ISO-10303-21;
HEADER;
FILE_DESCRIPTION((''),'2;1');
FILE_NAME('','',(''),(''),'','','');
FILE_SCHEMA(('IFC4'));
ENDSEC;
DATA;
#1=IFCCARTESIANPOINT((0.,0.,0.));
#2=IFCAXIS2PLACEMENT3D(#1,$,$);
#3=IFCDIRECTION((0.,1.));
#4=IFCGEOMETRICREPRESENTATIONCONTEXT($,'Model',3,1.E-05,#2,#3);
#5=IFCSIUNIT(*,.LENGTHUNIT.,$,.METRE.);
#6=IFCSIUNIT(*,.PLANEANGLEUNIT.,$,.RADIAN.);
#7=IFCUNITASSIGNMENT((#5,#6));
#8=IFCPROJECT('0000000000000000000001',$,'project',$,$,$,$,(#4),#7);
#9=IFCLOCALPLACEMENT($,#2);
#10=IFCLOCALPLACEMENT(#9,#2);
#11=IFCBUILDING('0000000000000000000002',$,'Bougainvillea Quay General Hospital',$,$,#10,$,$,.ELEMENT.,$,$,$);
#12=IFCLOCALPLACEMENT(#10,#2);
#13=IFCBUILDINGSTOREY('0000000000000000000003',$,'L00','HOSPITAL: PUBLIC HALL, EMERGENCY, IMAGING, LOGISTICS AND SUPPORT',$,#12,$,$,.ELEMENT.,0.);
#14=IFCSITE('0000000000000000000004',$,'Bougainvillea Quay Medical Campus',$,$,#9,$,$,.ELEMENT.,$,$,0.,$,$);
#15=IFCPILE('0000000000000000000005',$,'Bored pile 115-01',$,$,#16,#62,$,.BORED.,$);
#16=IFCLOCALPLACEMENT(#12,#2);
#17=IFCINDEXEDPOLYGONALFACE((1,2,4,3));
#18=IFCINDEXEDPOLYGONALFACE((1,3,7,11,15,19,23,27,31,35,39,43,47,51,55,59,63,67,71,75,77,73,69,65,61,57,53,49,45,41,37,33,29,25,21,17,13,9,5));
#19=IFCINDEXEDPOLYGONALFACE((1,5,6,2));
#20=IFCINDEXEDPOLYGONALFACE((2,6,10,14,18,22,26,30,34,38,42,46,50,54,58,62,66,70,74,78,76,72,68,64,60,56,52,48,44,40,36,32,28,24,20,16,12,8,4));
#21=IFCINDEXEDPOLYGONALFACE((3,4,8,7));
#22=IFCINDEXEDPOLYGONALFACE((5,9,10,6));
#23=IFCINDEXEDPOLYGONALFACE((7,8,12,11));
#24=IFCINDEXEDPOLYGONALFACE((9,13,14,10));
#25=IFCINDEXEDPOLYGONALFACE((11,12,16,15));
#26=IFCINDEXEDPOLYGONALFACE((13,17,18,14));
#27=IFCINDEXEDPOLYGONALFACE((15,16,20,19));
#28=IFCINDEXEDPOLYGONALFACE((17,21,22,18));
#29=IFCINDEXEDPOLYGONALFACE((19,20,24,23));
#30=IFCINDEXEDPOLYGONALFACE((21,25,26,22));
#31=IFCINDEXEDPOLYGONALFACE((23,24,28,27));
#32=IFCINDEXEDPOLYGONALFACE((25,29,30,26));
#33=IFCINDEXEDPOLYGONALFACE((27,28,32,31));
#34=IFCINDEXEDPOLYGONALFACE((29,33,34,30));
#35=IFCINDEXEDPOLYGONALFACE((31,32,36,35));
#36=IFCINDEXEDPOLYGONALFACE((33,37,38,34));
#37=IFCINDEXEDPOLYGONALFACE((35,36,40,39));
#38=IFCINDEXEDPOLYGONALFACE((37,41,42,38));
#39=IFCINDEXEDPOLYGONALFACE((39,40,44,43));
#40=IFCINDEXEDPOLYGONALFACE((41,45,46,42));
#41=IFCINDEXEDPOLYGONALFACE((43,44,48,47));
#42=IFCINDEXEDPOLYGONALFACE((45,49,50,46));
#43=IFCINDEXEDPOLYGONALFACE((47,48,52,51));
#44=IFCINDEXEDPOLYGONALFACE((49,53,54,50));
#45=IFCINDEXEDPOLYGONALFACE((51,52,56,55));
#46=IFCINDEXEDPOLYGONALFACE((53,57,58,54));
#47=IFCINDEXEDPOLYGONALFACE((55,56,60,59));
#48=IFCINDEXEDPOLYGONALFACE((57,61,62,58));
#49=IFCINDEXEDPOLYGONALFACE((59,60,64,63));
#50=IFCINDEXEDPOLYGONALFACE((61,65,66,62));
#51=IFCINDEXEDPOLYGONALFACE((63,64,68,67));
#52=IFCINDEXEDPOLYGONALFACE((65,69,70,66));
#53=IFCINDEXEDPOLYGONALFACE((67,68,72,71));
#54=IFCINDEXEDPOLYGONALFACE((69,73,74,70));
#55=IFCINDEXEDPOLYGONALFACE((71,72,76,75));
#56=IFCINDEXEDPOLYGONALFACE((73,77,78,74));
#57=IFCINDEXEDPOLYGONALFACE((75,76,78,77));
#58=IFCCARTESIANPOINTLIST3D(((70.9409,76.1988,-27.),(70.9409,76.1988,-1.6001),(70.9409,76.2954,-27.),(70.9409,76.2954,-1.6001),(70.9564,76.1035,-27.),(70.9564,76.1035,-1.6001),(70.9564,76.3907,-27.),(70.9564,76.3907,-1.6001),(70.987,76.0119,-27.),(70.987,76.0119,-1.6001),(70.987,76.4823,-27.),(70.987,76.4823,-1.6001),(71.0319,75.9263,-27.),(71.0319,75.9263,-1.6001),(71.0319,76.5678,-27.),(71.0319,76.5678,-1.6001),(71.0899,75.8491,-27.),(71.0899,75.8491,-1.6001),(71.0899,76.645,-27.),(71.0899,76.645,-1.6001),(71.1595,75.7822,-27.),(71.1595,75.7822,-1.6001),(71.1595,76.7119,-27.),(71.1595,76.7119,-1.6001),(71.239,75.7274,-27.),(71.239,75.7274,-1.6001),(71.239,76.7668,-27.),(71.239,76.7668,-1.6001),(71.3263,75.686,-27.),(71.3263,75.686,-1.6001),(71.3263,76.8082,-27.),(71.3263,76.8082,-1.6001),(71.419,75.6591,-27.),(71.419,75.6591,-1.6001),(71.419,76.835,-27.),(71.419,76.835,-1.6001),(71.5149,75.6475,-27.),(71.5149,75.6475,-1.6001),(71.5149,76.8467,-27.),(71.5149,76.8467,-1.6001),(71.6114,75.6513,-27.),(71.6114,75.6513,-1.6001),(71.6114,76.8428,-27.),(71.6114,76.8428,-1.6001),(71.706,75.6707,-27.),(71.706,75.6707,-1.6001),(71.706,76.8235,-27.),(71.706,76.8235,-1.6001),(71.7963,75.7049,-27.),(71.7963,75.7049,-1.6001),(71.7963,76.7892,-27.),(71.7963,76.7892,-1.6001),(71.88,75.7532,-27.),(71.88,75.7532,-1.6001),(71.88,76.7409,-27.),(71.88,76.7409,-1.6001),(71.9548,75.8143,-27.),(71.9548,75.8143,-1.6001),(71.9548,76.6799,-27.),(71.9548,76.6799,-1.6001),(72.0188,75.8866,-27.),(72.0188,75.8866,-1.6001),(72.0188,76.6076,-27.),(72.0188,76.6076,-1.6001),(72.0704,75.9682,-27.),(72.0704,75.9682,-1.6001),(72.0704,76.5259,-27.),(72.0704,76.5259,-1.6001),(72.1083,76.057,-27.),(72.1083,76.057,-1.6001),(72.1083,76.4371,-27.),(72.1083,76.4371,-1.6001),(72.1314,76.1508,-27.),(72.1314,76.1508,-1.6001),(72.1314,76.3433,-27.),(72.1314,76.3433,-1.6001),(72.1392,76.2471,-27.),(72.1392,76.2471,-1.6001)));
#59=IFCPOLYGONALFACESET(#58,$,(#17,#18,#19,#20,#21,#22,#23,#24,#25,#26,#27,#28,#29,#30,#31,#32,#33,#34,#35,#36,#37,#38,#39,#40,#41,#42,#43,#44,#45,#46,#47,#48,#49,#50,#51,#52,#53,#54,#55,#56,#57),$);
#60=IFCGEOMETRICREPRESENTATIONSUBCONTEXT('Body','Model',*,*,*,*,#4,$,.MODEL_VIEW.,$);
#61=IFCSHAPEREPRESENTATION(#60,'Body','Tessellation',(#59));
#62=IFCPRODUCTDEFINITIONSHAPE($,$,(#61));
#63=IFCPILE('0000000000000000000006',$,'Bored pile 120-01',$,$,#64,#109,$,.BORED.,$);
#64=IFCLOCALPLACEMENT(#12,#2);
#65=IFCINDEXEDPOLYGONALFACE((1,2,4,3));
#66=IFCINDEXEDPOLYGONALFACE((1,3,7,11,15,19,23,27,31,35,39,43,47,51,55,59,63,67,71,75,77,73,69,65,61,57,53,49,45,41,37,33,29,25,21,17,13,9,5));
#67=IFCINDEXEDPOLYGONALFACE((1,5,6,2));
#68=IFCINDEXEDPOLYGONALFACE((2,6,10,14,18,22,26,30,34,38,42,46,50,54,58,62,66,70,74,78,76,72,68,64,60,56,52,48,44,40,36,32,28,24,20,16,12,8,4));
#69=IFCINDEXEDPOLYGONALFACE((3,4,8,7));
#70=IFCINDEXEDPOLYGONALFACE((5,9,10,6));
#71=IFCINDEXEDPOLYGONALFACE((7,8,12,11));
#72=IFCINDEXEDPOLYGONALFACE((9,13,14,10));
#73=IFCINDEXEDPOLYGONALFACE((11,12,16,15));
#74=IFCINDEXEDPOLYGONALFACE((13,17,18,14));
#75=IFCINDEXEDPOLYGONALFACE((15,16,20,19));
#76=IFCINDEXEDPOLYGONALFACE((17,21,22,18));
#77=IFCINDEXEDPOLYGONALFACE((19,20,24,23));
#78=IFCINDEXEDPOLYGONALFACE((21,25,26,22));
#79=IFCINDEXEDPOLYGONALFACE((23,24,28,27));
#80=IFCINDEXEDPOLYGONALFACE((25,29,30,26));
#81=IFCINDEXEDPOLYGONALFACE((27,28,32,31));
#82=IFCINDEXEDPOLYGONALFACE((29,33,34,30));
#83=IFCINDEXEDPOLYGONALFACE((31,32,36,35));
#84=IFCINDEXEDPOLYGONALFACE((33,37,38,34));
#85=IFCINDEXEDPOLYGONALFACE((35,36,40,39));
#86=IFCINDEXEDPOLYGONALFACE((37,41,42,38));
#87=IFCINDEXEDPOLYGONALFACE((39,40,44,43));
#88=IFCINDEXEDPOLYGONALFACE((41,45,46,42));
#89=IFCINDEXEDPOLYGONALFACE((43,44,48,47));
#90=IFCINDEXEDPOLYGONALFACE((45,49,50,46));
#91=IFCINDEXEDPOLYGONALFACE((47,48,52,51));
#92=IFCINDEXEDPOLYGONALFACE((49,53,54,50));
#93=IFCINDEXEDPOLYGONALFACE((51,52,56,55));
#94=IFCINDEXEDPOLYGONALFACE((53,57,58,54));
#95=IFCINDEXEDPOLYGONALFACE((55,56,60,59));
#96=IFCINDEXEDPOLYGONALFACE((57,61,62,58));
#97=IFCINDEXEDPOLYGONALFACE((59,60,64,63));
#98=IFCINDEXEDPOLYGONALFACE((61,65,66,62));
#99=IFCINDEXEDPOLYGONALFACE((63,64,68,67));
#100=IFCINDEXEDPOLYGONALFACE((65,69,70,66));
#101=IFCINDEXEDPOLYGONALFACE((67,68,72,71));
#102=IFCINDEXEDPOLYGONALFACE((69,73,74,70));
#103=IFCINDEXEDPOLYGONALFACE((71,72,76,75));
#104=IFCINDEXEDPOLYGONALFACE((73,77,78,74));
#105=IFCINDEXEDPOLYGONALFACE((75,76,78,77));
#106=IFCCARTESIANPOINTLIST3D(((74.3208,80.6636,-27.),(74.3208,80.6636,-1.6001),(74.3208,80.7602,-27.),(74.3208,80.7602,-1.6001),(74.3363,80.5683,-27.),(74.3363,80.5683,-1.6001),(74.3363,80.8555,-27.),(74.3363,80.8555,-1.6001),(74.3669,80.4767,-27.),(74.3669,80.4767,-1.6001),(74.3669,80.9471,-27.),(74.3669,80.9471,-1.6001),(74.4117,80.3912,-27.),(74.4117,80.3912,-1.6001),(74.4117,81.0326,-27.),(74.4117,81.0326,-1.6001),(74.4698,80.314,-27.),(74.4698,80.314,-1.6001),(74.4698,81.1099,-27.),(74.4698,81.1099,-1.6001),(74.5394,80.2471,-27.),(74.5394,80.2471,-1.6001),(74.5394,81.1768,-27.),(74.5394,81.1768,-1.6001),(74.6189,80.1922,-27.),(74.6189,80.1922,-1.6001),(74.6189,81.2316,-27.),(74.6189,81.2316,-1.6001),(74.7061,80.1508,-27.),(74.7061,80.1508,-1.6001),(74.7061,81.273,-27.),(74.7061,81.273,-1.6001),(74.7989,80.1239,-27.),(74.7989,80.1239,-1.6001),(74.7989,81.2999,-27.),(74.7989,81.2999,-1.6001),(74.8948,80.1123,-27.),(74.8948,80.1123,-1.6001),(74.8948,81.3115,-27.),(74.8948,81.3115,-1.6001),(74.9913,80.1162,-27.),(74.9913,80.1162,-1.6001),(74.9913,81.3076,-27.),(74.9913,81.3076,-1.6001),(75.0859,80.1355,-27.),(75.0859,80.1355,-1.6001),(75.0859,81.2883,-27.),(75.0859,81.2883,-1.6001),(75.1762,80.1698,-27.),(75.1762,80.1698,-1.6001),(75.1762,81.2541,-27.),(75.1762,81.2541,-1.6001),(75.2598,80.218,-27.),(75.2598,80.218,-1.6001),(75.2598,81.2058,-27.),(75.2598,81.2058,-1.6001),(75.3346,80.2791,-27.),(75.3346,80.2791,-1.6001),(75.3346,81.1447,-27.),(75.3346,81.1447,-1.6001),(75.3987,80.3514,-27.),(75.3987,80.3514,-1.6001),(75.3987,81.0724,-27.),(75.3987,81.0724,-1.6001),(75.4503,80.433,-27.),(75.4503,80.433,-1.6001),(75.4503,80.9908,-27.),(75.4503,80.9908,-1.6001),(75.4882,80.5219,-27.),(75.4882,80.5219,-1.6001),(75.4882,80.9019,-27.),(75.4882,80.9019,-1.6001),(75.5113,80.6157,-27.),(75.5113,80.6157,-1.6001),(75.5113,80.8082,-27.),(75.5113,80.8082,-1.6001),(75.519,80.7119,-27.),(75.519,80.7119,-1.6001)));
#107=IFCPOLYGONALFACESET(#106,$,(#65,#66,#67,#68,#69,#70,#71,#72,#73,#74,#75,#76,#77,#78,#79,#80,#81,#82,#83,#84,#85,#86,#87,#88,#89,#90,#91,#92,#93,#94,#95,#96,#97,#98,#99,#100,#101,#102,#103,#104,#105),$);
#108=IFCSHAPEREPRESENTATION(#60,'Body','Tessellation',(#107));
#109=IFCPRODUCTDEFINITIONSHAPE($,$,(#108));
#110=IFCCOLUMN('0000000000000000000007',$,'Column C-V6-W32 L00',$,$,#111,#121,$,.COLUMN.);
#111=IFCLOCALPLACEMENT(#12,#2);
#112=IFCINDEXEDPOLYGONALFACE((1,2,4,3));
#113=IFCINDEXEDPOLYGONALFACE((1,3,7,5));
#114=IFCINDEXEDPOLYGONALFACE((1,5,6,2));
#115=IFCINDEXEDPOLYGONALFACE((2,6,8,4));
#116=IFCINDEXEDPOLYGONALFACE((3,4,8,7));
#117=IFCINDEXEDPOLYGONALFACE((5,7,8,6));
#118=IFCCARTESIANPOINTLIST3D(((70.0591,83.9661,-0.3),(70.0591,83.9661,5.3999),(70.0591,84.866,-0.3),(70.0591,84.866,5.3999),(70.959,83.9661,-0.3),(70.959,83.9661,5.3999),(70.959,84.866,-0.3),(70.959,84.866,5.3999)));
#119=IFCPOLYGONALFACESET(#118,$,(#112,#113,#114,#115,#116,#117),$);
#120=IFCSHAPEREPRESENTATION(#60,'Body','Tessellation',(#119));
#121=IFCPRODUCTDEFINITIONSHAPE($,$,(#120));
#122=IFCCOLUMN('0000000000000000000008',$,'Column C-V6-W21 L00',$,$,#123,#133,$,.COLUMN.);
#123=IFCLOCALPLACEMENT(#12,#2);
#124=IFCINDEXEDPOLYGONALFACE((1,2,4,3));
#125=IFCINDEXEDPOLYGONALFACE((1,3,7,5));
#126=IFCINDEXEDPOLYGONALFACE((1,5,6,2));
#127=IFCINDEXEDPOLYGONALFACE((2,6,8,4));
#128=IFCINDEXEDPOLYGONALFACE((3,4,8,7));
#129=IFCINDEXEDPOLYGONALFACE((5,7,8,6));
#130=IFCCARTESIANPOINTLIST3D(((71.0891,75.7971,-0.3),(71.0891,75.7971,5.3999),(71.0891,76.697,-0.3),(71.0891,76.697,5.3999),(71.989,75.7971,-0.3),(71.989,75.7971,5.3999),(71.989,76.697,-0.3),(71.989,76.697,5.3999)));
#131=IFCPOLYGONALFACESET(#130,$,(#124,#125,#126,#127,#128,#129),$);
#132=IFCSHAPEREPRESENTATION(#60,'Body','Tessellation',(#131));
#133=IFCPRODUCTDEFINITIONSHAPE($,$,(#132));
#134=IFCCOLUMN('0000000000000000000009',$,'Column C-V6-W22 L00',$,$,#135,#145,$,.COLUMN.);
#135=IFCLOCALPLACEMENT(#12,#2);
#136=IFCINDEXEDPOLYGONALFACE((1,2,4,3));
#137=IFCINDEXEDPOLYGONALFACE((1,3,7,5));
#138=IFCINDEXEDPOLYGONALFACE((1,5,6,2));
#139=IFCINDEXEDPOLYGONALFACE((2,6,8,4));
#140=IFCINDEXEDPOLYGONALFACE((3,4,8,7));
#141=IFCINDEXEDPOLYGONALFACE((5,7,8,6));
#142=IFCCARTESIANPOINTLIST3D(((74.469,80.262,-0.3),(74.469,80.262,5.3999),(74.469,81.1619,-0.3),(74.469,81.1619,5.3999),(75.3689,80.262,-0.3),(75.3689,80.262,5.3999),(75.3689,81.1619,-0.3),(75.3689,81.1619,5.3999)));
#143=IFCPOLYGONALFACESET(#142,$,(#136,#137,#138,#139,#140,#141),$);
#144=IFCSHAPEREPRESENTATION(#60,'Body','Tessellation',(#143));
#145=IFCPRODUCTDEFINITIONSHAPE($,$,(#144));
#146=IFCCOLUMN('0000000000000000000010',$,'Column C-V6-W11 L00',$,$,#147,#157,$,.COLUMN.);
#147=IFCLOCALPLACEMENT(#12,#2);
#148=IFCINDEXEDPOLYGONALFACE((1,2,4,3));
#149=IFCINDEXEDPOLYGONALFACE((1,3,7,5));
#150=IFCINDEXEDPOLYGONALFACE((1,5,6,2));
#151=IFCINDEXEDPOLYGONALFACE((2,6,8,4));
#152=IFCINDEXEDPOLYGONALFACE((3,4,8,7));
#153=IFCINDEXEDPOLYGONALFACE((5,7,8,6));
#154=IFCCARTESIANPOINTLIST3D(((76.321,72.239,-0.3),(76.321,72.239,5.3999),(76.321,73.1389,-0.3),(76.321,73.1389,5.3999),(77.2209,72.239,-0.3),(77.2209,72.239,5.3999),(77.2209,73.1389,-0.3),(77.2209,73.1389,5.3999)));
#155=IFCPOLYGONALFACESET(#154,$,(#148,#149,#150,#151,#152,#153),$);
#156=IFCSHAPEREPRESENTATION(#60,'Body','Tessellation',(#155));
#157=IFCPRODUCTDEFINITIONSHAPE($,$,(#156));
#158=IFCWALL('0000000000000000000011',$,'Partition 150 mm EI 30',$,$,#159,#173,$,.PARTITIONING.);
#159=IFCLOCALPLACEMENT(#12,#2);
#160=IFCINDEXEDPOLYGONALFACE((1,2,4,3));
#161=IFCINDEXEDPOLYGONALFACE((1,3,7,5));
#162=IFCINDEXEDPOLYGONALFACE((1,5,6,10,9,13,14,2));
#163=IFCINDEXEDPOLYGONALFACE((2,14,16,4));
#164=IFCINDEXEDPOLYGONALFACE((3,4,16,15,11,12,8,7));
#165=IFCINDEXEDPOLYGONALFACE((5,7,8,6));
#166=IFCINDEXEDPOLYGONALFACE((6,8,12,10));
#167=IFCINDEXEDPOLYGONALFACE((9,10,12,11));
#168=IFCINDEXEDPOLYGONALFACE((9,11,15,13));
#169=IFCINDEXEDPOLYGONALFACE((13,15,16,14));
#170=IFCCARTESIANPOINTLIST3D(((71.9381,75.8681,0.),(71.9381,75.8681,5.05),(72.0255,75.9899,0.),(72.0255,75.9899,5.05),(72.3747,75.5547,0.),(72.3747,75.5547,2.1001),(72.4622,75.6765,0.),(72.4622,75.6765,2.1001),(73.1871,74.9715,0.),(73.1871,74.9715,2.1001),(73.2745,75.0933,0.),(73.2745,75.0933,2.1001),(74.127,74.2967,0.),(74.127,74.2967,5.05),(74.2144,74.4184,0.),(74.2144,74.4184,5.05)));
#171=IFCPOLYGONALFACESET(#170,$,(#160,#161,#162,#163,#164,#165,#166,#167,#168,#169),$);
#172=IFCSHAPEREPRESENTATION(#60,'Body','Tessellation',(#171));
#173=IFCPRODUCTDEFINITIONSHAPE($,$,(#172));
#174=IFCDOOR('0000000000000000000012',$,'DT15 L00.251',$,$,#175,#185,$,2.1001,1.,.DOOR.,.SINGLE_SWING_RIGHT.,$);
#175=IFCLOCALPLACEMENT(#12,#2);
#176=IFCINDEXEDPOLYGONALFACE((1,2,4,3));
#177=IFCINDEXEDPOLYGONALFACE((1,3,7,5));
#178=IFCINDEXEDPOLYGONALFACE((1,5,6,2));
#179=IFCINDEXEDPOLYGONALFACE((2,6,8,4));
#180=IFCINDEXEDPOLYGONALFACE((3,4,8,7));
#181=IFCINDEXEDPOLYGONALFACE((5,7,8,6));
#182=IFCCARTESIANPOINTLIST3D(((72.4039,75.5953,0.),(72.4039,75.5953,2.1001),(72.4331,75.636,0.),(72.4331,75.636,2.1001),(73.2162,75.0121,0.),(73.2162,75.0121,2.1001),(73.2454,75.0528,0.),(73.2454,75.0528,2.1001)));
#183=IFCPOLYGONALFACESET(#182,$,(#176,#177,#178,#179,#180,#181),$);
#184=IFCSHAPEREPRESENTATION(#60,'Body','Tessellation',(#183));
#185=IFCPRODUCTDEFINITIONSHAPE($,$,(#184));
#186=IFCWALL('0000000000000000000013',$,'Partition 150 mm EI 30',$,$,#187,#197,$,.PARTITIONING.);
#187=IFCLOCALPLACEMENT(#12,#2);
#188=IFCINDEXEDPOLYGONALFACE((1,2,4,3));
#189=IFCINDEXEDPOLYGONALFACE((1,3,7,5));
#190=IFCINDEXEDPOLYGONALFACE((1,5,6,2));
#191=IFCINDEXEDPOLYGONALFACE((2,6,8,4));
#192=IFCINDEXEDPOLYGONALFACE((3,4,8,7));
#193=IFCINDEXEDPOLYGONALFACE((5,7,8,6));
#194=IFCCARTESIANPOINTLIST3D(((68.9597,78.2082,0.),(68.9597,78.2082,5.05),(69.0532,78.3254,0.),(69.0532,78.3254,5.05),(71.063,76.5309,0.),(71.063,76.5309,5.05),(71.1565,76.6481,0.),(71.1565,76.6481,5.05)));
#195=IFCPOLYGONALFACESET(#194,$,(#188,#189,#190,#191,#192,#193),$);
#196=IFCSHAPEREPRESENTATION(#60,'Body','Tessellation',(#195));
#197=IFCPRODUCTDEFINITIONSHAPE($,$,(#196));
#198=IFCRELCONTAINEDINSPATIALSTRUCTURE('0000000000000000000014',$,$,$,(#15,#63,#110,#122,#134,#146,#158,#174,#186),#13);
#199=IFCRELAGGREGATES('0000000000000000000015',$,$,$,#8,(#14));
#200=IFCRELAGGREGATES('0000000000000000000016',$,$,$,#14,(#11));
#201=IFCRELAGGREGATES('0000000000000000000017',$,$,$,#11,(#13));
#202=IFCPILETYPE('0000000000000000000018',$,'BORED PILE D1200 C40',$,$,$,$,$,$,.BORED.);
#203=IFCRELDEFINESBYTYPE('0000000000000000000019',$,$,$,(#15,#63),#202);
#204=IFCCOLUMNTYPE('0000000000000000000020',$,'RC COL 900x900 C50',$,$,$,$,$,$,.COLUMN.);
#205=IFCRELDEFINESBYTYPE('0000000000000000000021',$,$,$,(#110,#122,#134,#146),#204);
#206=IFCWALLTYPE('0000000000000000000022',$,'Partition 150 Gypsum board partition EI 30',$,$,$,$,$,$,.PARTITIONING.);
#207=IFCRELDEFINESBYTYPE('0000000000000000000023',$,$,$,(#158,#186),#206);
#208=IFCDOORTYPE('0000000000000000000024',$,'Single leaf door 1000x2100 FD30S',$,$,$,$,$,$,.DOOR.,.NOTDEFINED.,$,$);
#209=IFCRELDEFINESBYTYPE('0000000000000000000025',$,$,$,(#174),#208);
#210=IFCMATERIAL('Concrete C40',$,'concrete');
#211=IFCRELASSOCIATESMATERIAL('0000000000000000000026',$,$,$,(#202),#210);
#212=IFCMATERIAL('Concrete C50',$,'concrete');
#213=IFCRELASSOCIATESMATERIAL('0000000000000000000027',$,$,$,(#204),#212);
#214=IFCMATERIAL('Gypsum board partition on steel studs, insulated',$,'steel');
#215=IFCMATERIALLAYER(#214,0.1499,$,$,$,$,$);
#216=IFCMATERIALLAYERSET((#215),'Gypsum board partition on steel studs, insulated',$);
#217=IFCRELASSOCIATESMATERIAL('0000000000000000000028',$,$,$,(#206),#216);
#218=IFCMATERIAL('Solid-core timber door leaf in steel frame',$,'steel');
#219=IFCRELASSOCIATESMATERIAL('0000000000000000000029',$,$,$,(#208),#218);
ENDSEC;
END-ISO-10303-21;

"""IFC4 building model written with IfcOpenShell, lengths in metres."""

from ifc_helpers import new_model, si_unit, direction, frame, frame_2d, origin, origin_2d, place, context, subcontext, project, spatial, rectangle, circle, extrude, material, layer, layer_set, material_profile, profile_set, type_object, element, fill, save


model = new_model("IFC4")

# Units and contexts
model_context = context("Model", 3, precision=1e-05, world=origin(), true_north=direction((0.0, 1.0)))
body_context = subcontext(model_context, "Body", "Model", "MODEL_VIEW")
ifc_project = project(units=[si_unit("LENGTHUNIT", "METRE"), si_unit("PLANEANGLEUNIT", "RADIAN")], contexts=[model_context])

# Site, building, storey
site_placement = place(None, origin())
site = spatial("IfcSite", under=ifc_project, at=site_placement, Name="Bougainvillea Quay Medical Campus", CompositionType="ELEMENT", RefElevation=0.0)
building_placement = place(site_placement, origin())
building = spatial("IfcBuilding", under=site, at=building_placement, Name="Bougainvillea Quay General Hospital", CompositionType="ELEMENT")
storey_placement = place(building_placement, origin())
storey = spatial("IfcBuildingStorey", under=building, at=storey_placement, Name="L00", Description="HOSPITAL: PUBLIC HALL, EMERGENCY, IMAGING, LOGISTICS AND SUPPORT", CompositionType="ELEMENT", Elevation=0.0)

# Piles
ifc_material_1 = material(Name="Concrete C40", Category="concrete")
ifc_material_profile_1 = material_profile(ifc_material_1, circle(Radius=0.6001, at=origin_2d()))
ifc_profile_set_1 = profile_set([ifc_material_profile_1], Name="Concrete C40")
pile_type = type_object("IfcPileType", Name="BORED PILE D1200 C40", PredefinedType="BORED", material=ifc_profile_set_1)
for number, where, z_axis, x_axis, name in (
    (1, (71.5391, 76.2471, -1.6001), (0.0, 0.0, -1.0), (1.0, 0.0, 0.0), "Bored pile 115-01"),
    (2, (74.9189, 80.7119, -1.6001), (0.0, 0.0, -1.0), (1.0, 0.0, 0.0), "Bored pile 120-01"),
):
    element("IfcPile", number, at=place(storey_placement, frame(where, z_axis=z_axis, x_axis=x_axis)), inside=storey, type_object=pile_type, Name=name, PredefinedType="BORED", context=body_context, shape_type="SweptSolid", body=[
        extrude(circle(Radius=0.6001, at=origin_2d()), origin(), (0.0, 0.0, 1.0), 25.3999),
    ])

# Columns
ifc_material_2 = material(Name="Concrete C50", Category="concrete")
ifc_material_profile_2 = material_profile(ifc_material_2, rectangle(XDim=0.8999, YDim=0.8999, at=origin_2d()))
ifc_profile_set_2 = profile_set([ifc_material_profile_2], Name="Concrete C50")
column_type = type_object("IfcColumnType", Name="RC COL 900x900 C50", PredefinedType="COLUMN", material=ifc_profile_set_2)
for number, where, z_axis, x_axis, name in (
    (3, (70.509, 84.416, -0.3), (0.0, 0.0, 1.0), (1.0, 0.0, 0.0), "Column C-V6-W32 L00"),
    (4, (71.5391, 76.2471, -0.3), (0.0, 0.0, 1.0), (1.0, 0.0, 0.0), "Column C-V6-W21 L00"),
    (5, (74.9189, 80.7119, -0.3), (0.0, 0.0, 1.0), (1.0, 0.0, 0.0), "Column C-V6-W22 L00"),
    (6, (76.771, 72.689, -0.3), (0.0, 0.0, 1.0), (1.0, 0.0, 0.0), "Column C-V6-W11 L00"),
):
    element("IfcColumn", number, at=place(storey_placement, frame(where, z_axis=z_axis, x_axis=x_axis)), inside=storey, type_object=column_type, Name=name, PredefinedType="COLUMN", context=body_context, shape_type="SweptSolid", body=[
        extrude(rectangle(XDim=0.8999, YDim=0.8999, at=origin_2d()), origin(), (0.0, 0.0, 1.0), 5.7),
    ])

# Wall, opening, door
ifc_material_3 = material(Name="Gypsum board partition on steel studs, insulated", Category="steel")
ifc_layer_1 = layer(ifc_material_3, 0.1499)
ifc_layer_set_1 = layer_set([ifc_layer_1], Name="Gypsum board partition on steel studs, insulated")
wall_type_1 = type_object("IfcWallType", Name="Partition 150 Gypsum board partition EI 30", PredefinedType="PARTITIONING", material=ifc_layer_set_1)
wall_1_placement = place(storey_placement, frame((71.9819, 75.929, 0.0), z_axis=(0.0, 0.0, 1.0), x_axis=(0.812329, -0.583199, 0.0)))
wall_1 = element("IfcWall", 7, at=wall_1_placement, inside=storey, type_object=wall_type_1, Name="Partition 150 mm EI 30", PredefinedType="PARTITIONING", context=body_context, shape_type="SweptSolid", body=[
    extrude(rectangle(XDim=2.6946, YDim=0.1499, at=frame_2d((1.3472, 0.0))), origin(), (0.0, 0.0, 1.0), 5.05),
])
opening_1_placement = place(wall_1_placement, frame((0.5374, 0.0, 0.0)))
opening_1 = element("IfcOpeningElement", 8, at=opening_1_placement, cuts=wall_1, PredefinedType="OPENING", context=body_context, shape_type="SweptSolid", body=[
    extrude(rectangle(XDim=1.0, YDim=2.1001, at=frame_2d((0.5, 1.05))), frame((0.0, 0.085, 0.0), z_axis=(0.0, -1.0, 0.0), x_axis=(1.0, 0.0, 0.0)), (0.0, 0.0, 1.0), 0.1699),
])
ifc_material_4 = material(Name="Solid-core timber door leaf in steel frame", Category="steel")
door_type_1 = type_object("IfcDoorType", Name="Single leaf door 1000x2100 FD30S", OperationType="NOTDEFINED", PredefinedType="DOOR", material=ifc_material_4)
door_1_placement = place(opening_1_placement, frame((1.0, 0.0, 0.0), z_axis=(0.0, 0.0, 1.0), x_axis=(-1.0, 0.0, 0.0)))
door_1 = element("IfcDoor", 9, at=door_1_placement, inside=storey, type_object=door_type_1, Name="DT15 L00.251", OperationType="SINGLE_SWING_RIGHT", OverallHeight=2.1001, OverallWidth=1.0, PredefinedType="DOOR", context=body_context, shape_type="SweptSolid", body=[
    extrude(rectangle(XDim=1.0, YDim=2.1001, at=frame_2d((0.5, 1.05))), frame((0.0, 0.0249, 0.0), z_axis=(0.0, -1.0, 0.0), x_axis=(1.0, 0.0, 0.0)), (0.0, 0.0, 1.0), 0.05),
])
fill(opening_1, door_1)

# Wall
wall_2_placement = place(storey_placement, frame((69.0063, 78.2668, 0.0), z_axis=(0.0, 0.0, 1.0), x_axis=(0.781842, -0.623477, 0.0)))
element("IfcWall", 10, at=wall_2_placement, inside=storey, type_object=wall_type_1, Name="Partition 150 mm EI 30", PredefinedType="PARTITIONING", context=body_context, shape_type="SweptSolid", body=[
    extrude(rectangle(XDim=2.6902, YDim=0.1499, at=frame_2d((1.3452, 0.0))), origin(), (0.0, 0.0, 1.0), 5.05),
])

save(model, "model.ifc")
